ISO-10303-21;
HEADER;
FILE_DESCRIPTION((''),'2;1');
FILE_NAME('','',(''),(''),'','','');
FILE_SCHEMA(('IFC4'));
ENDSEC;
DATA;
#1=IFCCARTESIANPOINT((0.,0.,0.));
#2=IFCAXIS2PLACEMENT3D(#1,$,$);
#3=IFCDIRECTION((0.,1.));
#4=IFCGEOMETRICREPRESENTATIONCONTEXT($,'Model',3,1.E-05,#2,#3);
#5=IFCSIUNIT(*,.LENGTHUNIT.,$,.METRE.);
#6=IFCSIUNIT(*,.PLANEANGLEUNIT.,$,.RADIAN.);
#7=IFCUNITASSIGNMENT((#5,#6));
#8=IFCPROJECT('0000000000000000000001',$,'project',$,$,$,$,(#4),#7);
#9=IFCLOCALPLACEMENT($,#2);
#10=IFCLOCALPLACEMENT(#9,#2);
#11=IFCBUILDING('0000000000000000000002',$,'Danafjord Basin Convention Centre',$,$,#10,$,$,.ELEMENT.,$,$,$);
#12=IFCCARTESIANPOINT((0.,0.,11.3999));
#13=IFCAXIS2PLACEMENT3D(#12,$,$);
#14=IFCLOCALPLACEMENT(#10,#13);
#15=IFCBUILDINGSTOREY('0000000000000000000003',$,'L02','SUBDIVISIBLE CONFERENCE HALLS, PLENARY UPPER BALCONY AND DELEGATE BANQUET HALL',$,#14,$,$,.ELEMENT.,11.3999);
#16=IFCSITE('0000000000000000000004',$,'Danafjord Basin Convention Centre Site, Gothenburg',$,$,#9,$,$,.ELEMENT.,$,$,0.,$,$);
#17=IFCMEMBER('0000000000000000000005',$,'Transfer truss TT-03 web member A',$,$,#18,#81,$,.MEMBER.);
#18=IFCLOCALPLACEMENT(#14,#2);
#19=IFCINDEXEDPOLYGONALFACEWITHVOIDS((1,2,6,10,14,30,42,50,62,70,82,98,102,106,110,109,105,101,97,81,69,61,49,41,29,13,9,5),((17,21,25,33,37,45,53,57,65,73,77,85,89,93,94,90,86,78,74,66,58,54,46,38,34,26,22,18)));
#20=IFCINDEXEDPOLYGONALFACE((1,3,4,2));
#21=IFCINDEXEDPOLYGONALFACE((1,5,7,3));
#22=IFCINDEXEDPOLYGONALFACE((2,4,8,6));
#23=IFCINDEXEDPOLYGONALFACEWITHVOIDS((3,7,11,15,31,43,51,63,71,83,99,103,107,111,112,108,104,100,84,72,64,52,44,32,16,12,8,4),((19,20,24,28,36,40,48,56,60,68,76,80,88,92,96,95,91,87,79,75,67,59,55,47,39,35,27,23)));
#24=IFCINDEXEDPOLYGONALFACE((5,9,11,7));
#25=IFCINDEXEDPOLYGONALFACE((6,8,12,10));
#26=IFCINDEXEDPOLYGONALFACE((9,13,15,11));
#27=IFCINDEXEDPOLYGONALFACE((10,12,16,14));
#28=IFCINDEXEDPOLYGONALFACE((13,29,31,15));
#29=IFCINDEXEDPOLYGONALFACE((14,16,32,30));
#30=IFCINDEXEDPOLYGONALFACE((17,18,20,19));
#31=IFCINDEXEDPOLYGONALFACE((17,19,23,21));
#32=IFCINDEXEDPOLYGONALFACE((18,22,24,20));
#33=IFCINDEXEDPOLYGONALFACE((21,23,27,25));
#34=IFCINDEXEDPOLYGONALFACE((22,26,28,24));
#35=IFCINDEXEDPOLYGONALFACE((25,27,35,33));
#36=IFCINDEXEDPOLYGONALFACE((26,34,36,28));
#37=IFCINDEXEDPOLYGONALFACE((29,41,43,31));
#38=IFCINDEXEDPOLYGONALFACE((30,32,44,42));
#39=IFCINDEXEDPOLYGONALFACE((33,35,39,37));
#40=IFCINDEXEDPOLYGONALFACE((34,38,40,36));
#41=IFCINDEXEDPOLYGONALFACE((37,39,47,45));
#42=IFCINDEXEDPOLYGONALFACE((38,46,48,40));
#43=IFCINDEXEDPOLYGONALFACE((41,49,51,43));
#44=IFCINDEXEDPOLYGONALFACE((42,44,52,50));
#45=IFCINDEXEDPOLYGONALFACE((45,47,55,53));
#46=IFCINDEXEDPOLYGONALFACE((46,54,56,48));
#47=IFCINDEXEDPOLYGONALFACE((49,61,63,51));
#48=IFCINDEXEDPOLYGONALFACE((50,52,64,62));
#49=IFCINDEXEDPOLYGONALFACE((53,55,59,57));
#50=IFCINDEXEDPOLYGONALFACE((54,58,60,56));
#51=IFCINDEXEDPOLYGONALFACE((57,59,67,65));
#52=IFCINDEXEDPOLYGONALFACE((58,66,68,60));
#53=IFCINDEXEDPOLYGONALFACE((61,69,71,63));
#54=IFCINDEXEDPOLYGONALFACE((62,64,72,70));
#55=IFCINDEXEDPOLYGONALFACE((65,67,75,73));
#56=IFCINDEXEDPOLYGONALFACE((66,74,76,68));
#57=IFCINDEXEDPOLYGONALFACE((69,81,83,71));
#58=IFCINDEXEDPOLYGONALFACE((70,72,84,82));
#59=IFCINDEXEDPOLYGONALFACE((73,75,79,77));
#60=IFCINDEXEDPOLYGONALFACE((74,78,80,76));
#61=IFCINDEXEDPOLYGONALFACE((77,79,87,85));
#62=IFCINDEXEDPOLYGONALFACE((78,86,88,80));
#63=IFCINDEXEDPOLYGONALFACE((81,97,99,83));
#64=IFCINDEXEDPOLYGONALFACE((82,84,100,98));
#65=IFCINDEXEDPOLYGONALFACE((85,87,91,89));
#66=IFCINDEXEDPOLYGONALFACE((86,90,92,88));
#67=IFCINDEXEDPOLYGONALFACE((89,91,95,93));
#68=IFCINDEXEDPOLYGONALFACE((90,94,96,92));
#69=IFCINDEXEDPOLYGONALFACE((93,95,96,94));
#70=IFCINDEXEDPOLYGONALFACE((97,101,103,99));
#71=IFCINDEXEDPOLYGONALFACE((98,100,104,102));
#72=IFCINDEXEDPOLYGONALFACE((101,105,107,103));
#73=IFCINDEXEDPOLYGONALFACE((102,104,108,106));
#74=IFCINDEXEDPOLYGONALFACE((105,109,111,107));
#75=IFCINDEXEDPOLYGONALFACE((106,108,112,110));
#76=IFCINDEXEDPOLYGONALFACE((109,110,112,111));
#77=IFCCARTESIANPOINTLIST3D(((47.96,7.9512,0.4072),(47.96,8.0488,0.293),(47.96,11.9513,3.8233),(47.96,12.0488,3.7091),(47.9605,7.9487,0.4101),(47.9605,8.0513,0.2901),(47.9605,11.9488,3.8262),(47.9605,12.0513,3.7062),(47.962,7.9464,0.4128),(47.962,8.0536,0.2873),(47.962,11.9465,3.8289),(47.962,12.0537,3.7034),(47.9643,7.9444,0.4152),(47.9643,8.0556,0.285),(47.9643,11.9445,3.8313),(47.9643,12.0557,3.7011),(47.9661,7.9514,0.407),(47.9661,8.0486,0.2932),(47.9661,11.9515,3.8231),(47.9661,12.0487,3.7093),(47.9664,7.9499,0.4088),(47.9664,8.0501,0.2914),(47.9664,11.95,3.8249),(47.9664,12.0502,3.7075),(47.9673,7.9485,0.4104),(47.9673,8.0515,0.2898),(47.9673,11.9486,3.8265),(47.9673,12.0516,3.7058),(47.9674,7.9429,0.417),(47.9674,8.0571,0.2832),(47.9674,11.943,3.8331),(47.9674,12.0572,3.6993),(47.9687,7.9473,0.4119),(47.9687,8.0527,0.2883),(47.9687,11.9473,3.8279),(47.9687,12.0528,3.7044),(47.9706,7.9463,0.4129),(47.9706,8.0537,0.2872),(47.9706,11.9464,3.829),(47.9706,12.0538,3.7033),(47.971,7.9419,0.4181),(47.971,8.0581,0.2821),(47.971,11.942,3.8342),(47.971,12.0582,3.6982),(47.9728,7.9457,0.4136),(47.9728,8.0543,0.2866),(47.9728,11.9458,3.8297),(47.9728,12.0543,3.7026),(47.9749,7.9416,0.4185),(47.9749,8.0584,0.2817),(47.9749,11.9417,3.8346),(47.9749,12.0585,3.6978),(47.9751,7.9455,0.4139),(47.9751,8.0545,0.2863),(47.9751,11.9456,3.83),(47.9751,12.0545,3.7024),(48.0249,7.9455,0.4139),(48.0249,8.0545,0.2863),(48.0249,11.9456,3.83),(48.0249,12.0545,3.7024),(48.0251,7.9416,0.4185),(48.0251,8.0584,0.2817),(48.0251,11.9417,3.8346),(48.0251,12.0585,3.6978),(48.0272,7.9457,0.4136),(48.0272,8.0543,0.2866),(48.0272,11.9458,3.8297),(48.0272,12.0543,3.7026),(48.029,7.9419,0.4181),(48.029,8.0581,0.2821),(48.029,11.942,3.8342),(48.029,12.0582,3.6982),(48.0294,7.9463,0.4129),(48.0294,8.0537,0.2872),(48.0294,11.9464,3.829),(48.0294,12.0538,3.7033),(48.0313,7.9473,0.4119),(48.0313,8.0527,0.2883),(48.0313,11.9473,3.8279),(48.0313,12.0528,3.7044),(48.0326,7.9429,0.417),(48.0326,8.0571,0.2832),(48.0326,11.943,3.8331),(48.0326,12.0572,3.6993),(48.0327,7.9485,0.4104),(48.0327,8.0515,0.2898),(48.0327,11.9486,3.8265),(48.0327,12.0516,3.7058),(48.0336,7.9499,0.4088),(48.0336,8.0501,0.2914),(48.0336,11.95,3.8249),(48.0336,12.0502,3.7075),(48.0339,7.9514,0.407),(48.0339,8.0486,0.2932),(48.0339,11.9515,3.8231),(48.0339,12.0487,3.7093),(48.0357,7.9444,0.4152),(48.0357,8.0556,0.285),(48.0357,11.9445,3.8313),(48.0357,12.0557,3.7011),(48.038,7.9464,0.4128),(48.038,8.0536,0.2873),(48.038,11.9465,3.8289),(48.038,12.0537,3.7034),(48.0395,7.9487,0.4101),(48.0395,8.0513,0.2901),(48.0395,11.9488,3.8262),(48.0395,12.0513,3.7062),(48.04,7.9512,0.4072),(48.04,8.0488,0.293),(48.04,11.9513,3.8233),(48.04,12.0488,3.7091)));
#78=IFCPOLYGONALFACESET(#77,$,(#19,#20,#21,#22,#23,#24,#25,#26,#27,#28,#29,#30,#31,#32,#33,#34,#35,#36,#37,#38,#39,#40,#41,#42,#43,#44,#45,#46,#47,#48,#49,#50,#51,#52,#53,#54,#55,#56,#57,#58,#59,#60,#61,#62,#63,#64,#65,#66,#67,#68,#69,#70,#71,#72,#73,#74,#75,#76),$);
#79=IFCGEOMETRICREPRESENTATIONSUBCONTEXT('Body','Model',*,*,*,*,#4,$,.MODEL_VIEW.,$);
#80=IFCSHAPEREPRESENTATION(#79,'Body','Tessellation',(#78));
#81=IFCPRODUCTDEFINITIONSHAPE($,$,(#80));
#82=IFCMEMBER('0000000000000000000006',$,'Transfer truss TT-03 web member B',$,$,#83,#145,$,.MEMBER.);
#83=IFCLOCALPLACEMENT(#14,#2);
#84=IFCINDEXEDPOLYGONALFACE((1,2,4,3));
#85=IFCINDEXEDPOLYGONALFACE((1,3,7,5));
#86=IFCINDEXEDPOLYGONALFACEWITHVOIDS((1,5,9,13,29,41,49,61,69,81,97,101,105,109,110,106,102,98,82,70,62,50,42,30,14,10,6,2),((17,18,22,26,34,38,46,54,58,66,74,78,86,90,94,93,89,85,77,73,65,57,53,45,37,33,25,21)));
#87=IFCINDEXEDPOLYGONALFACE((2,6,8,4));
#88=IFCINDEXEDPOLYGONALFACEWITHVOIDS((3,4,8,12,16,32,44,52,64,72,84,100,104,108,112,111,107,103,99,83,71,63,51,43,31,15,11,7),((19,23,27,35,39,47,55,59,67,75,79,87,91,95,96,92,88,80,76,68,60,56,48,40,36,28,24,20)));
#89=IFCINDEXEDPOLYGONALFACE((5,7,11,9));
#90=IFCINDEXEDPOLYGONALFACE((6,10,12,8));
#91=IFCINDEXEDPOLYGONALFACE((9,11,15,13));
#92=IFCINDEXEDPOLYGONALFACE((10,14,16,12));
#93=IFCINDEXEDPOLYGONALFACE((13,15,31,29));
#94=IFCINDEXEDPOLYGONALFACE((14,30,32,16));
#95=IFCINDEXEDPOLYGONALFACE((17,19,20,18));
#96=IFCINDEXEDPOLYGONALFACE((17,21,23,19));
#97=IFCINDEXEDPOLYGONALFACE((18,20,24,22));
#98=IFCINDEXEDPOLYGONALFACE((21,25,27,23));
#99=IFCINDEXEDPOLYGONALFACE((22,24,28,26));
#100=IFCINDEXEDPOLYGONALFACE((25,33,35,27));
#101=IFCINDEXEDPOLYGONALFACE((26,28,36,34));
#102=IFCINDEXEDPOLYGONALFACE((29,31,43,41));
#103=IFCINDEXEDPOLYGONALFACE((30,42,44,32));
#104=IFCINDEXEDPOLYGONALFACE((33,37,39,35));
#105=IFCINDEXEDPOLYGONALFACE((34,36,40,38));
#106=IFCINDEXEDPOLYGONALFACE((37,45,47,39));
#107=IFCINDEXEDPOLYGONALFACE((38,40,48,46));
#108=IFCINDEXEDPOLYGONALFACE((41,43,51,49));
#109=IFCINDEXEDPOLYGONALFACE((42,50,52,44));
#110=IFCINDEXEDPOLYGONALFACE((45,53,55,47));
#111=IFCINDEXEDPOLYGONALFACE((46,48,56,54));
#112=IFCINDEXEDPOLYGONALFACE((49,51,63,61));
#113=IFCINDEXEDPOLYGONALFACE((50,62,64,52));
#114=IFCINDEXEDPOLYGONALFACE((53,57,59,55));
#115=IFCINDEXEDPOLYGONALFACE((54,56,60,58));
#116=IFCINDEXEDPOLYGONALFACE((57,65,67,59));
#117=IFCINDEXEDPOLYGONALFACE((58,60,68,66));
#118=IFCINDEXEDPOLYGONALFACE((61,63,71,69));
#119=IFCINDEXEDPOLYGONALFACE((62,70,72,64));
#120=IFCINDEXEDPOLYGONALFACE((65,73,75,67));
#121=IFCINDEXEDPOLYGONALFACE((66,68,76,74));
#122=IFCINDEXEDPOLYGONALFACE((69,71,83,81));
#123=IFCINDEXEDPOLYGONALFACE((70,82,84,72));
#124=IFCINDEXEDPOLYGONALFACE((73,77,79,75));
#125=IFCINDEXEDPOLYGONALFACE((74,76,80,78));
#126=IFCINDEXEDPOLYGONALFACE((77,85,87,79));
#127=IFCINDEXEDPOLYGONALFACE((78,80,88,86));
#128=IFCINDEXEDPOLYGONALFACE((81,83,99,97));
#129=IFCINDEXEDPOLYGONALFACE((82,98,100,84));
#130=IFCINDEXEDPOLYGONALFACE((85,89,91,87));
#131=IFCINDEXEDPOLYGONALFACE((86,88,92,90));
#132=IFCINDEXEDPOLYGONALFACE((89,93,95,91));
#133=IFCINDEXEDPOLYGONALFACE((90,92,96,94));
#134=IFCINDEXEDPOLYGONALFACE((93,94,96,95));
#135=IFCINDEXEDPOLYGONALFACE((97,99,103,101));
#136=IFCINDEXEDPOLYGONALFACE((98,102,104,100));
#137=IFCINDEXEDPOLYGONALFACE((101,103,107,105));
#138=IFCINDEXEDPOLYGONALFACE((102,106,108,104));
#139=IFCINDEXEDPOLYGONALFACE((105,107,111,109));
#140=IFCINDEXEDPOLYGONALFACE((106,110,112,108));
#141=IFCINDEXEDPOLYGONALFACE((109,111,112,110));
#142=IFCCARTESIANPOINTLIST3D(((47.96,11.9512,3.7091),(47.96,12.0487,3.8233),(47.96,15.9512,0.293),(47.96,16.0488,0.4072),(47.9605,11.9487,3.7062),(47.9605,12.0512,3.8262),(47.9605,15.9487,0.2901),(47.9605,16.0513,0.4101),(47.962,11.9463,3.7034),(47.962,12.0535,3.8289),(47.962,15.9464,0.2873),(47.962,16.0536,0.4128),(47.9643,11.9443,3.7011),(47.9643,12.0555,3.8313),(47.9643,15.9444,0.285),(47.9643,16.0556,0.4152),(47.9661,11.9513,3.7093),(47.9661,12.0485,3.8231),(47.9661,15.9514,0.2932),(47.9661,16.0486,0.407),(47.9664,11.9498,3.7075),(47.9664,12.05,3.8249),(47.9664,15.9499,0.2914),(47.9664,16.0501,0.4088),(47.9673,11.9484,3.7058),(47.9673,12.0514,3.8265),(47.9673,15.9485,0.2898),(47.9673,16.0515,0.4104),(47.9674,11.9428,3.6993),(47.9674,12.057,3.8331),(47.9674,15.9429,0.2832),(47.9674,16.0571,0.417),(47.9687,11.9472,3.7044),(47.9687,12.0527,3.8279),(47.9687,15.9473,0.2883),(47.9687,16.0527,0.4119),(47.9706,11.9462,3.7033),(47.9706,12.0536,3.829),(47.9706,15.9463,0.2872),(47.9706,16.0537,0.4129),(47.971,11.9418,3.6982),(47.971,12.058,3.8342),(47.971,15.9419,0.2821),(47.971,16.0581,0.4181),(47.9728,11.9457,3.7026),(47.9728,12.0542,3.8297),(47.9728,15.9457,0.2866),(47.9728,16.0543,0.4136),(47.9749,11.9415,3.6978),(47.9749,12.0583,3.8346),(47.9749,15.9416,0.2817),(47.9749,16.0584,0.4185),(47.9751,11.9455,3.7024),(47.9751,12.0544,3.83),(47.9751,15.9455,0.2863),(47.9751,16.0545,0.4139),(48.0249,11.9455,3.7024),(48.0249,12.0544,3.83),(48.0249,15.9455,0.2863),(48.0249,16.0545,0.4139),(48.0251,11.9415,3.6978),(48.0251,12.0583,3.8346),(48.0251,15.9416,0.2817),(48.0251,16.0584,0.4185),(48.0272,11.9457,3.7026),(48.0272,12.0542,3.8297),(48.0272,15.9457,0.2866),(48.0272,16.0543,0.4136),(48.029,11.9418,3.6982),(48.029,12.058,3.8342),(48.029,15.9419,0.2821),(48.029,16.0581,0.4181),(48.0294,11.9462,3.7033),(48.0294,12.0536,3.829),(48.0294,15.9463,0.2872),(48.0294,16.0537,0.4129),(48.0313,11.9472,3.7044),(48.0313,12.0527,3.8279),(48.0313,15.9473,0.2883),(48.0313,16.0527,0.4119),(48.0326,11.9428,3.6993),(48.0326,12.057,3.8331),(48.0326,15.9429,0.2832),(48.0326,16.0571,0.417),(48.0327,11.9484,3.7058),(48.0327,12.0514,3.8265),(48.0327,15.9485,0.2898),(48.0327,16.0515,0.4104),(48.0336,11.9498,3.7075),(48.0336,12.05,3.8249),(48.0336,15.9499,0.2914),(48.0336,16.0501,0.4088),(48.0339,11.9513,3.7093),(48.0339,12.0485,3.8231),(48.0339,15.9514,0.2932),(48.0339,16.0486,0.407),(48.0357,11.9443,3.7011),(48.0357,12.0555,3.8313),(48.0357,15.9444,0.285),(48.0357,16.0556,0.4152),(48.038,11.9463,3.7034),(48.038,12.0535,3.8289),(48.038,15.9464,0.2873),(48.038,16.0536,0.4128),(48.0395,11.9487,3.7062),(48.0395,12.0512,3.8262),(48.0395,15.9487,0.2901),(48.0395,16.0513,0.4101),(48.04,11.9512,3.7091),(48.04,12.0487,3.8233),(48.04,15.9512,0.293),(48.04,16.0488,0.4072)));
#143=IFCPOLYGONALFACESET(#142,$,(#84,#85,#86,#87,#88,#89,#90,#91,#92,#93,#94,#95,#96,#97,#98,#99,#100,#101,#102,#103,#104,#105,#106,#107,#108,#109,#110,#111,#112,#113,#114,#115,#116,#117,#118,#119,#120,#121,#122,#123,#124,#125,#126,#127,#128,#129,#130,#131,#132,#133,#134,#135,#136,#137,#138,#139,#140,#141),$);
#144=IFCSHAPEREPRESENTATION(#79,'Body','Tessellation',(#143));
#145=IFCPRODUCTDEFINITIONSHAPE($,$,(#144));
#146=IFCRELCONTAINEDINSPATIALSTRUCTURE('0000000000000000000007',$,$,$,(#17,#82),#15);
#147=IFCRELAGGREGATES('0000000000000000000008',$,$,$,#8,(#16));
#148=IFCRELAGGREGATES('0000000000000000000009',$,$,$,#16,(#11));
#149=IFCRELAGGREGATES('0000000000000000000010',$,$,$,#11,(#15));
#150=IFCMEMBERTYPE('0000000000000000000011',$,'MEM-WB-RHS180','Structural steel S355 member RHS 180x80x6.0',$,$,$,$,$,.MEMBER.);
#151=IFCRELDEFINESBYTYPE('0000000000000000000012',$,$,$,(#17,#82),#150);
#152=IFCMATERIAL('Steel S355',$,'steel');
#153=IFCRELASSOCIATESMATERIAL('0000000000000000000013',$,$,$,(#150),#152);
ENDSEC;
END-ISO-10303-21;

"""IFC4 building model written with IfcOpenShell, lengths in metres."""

from ifc_helpers import new_model, si_unit, direction, frame, origin, origin_2d, place, context, subcontext, project, spatial, hollow_rectangle, extrude, material, material_profile, profile_set, type_object, element, save


model = new_model("IFC4")

# Units and contexts
model_context = context("Model", 3, precision=1e-05, world=origin(), true_north=direction((0.0, 1.0)))
body_context = subcontext(model_context, "Body", "Model", "MODEL_VIEW")
ifc_project = project(units=[si_unit("LENGTHUNIT", "METRE"), si_unit("PLANEANGLEUNIT", "RADIAN")], contexts=[model_context])

# Site, building, storey
site_placement = place(None, origin())
site = spatial("IfcSite", under=ifc_project, at=site_placement, Name="Danafjord Basin Convention Centre Site, Gothenburg", CompositionType="ELEMENT", RefElevation=0.0)
building_placement = place(site_placement, origin())
building = spatial("IfcBuilding", under=site, at=building_placement, Name="Danafjord Basin Convention Centre", CompositionType="ELEMENT")
storey_placement = place(building_placement, frame((0.0, 0.0, 11.3999)))
storey = spatial("IfcBuildingStorey", under=building, at=storey_placement, Name="L02", Description="SUBDIVISIBLE CONFERENCE HALLS, PLENARY UPPER BALCONY AND DELEGATE BANQUET HALL", CompositionType="ELEMENT", Elevation=11.3999)

# Shared definitions
ifc_material_1 = material(Name="Steel S355", Category="steel")

# Members
ifc_material_profile_1 = material_profile(ifc_material_1, hollow_rectangle(XDim=0.0801, YDim=0.1799, WallThickness=0.0061, InnerFilletRadius=0.009, OuterFilletRadius=0.0149, at=origin_2d()), Name="RHS 180x80x6.0")
ifc_profile_set_1 = profile_set([ifc_material_profile_1], Name="Steel S355")
member_type_1 = type_object("IfcMemberType", Name="MEM-WB-RHS180", Description="Structural steel S355 member RHS 180x80x6.0", PredefinedType="MEMBER", material=ifc_profile_set_1)
for number, where, z_axis, x_axis, name in (
    (1, (48.0, 8.0, 0.3501), (0.0, 0.760435, 0.649414), (-1.0, 0.0, 0.0), "Transfer truss TT-03 web member A"),
    (2, (48.0, 16.0, 0.3501), (0.0, -0.760435, 0.649414), (1.0, 0.0, 0.0), "Transfer truss TT-03 web member B"),
):
    element("IfcMember", number, at=place(storey_placement, frame(where, z_axis=z_axis, x_axis=x_axis)), inside=storey, type_object=member_type_1, Name=name, PredefinedType="MEMBER", context=body_context, shape_type="SweptSolid", body=[
        extrude(hollow_rectangle(XDim=0.0801, YDim=0.1799, WallThickness=0.0061, InnerFilletRadius=0.009, OuterFilletRadius=0.0149, at=origin_2d()), origin(), (0.0, 0.0, 1.0), 5.2603),
    ])

save(model, "model.ifc")
